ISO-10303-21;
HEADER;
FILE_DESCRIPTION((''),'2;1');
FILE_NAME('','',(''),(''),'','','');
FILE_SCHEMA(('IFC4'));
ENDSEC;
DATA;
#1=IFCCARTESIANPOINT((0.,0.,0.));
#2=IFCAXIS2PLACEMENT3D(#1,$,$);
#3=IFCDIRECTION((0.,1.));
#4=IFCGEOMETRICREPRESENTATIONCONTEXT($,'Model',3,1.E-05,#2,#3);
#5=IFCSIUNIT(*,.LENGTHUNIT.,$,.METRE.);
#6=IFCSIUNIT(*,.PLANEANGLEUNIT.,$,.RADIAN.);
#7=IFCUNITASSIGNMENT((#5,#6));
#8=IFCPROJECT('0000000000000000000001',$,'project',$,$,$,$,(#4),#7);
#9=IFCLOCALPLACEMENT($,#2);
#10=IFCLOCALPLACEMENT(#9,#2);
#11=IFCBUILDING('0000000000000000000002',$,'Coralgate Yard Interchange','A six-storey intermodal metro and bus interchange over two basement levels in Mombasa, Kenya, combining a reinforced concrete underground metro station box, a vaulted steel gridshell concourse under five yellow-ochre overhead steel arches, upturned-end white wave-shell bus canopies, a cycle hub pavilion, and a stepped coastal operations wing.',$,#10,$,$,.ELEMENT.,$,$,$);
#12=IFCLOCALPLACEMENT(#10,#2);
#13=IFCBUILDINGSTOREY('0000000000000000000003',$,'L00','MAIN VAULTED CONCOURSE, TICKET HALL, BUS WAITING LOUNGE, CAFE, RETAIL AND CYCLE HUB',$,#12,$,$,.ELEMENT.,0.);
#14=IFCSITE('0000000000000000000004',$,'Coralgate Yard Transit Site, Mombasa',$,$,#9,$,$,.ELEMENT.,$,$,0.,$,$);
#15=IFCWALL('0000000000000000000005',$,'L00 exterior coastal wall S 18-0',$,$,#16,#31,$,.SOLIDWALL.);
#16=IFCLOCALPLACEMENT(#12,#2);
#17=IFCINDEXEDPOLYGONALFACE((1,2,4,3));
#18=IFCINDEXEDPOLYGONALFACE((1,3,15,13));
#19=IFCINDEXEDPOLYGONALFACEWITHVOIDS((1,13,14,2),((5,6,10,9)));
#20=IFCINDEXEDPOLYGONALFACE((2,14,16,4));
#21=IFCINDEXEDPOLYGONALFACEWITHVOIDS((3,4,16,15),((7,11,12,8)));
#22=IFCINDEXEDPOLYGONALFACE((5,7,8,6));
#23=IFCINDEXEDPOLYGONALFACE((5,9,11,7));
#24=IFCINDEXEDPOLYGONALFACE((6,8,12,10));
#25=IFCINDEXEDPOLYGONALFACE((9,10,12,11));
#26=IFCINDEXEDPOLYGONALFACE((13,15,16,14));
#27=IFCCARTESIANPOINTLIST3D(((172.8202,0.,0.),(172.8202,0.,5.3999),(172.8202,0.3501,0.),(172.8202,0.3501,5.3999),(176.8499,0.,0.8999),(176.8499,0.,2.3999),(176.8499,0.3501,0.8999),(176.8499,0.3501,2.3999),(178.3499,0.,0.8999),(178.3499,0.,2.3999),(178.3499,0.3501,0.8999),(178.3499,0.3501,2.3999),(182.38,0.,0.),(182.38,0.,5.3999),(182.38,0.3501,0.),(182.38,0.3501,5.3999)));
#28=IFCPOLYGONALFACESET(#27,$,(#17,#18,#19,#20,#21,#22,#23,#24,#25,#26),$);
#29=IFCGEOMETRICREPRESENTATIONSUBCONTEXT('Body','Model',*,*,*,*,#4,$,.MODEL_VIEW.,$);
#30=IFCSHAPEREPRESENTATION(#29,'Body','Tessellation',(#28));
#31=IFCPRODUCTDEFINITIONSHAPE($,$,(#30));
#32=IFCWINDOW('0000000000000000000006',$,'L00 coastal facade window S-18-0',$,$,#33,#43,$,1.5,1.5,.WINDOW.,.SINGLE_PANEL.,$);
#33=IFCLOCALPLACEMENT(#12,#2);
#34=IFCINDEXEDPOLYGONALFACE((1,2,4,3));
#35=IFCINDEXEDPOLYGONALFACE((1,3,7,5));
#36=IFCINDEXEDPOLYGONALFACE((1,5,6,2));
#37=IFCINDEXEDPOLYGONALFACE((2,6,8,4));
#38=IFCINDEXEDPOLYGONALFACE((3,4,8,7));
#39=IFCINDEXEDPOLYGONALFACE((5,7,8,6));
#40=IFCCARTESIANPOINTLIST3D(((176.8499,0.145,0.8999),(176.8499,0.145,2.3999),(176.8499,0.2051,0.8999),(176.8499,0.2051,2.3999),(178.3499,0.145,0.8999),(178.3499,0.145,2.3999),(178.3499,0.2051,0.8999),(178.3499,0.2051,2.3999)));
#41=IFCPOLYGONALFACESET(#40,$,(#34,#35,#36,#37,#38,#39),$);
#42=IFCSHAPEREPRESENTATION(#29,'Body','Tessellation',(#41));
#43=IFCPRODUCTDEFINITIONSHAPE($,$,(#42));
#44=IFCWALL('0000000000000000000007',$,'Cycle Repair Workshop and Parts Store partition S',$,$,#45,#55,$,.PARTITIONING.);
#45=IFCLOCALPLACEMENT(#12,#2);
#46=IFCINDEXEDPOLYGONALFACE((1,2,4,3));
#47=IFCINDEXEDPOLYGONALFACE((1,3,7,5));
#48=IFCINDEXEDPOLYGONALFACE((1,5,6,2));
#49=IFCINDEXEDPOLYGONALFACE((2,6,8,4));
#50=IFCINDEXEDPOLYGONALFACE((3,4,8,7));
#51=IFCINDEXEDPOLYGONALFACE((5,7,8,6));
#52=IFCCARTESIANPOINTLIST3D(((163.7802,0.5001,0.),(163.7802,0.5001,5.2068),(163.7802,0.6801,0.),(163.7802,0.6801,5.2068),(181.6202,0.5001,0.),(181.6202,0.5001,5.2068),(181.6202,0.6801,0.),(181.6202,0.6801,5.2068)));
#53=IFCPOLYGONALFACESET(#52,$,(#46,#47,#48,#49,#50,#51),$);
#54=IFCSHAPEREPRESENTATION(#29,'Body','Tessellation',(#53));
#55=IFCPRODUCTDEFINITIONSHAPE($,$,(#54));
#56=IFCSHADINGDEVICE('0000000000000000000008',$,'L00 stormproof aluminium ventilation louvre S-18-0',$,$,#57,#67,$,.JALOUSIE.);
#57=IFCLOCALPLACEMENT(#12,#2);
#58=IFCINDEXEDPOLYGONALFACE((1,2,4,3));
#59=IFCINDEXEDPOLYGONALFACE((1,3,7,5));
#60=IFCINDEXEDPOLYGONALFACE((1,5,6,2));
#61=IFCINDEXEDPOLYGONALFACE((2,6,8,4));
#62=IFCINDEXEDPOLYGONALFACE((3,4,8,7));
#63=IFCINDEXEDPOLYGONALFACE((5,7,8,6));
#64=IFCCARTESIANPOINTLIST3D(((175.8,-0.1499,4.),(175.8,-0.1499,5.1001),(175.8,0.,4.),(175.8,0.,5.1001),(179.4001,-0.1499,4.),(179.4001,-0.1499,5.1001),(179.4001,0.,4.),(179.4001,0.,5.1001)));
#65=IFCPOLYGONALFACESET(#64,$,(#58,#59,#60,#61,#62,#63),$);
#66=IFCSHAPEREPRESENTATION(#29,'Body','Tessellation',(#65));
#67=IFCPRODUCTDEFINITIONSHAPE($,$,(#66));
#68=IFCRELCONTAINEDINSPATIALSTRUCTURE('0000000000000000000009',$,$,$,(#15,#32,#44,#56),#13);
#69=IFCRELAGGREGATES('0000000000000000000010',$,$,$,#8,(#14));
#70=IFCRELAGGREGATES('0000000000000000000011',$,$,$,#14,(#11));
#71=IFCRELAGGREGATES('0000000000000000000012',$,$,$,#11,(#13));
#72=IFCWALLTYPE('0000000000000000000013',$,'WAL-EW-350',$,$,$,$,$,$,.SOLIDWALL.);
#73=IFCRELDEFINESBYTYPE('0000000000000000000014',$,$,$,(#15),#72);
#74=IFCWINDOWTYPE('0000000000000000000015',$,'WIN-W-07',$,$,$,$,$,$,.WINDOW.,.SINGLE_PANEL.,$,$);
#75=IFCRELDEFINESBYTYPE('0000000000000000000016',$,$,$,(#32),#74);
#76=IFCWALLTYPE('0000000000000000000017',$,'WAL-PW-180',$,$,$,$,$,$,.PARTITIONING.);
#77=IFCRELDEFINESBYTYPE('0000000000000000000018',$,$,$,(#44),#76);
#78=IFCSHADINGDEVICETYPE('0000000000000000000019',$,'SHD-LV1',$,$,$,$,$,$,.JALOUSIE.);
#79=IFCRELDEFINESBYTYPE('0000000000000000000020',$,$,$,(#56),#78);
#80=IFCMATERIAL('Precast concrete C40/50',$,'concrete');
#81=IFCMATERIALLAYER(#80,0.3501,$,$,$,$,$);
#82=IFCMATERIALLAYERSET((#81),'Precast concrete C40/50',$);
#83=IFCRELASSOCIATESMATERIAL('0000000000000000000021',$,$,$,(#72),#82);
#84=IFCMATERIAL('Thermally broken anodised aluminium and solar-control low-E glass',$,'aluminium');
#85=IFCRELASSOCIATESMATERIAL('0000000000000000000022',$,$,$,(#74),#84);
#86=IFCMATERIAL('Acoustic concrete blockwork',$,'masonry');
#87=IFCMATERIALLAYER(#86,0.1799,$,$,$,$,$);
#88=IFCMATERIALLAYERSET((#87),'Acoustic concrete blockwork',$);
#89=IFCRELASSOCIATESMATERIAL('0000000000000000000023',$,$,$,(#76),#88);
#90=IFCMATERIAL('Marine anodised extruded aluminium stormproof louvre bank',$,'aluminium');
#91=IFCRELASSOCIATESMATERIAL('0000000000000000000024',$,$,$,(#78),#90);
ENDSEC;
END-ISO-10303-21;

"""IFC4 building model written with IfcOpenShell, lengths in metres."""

from ifc_helpers import new_model, si_unit, direction, frame, frame_2d, origin, origin_2d, place, context, subcontext, project, spatial, rectangle, extrude, material, layer, layer_set, type_object, element, fill, save


model = new_model("IFC4")

# Units and contexts
model_context = context("Model", 3, precision=1e-05, world=origin(), true_north=direction((0.0, 1.0)))
body_context = subcontext(model_context, "Body", "Model", "MODEL_VIEW")
ifc_project = project(units=[si_unit("LENGTHUNIT", "METRE"), si_unit("PLANEANGLEUNIT", "RADIAN")], contexts=[model_context])

# Site, building, storey
site_placement = place(None, origin())
site = spatial("IfcSite", under=ifc_project, at=site_placement, Name="Coralgate Yard Transit Site, Mombasa", CompositionType="ELEMENT", RefElevation=0.0)
building_placement = place(site_placement, origin())
building = spatial("IfcBuilding", under=site, at=building_placement, Name="Coralgate Yard Interchange", Description="A six-storey intermodal metro and bus interchange over two basement levels in Mombasa, Kenya, combining a reinforced concrete underground metro station box, a vaulted steel gridshell concourse under five yellow-ochre overhead steel arches, upturned-end white wave-shell bus canopies, a cycle hub pavilion, and a stepped coastal operations wing.", CompositionType="ELEMENT")
storey_placement = place(building_placement, origin())
storey = spatial("IfcBuildingStorey", under=building, at=storey_placement, Name="L00", Description="MAIN VAULTED CONCOURSE, TICKET HALL, BUS WAITING LOUNGE, CAFE, RETAIL AND CYCLE HUB", CompositionType="ELEMENT", Elevation=0.0)

# Wall, opening, window
ifc_material_1 = material(Name="Precast concrete C40/50", Category="concrete")
ifc_layer_1 = layer(ifc_material_1, 0.3501)
ifc_layer_set_1 = layer_set([ifc_layer_1], Name="Precast concrete C40/50")
wall_type_1 = type_object("IfcWallType", Name="WAL-EW-350", PredefinedType="SOLIDWALL", material=ifc_layer_set_1)
wall_1_placement = place(storey_placement, frame((182.3799, 0.175, 0.0), z_axis=(0.0, 0.0, 1.0), x_axis=(-1.0, 0.0, 0.0)))
wall_1 = element("IfcWall", 1, at=wall_1_placement, inside=storey, type_object=wall_type_1, Name="L00 exterior coastal wall S 18-0", PredefinedType="SOLIDWALL", context=body_context, shape_type="SweptSolid", body=[
    extrude(rectangle(XDim=9.5598, YDim=0.3501, at=frame_2d((4.7798, 0.0))), origin(), (0.0, 0.0, 1.0), 5.3999),
])
opening_placement = place(wall_1_placement, frame((4.03, 0.0, 0.8999)))
opening = element("IfcOpeningElement", 2, at=opening_placement, cuts=wall_1, PredefinedType="OPENING", context=body_context, shape_type="SweptSolid", body=[
    extrude(rectangle(XDim=1.5, YDim=1.5, at=frame_2d((0.75, 0.75))), frame((0.0, 0.1851, 0.0), z_axis=(0.0, -1.0, 0.0), x_axis=(1.0, 0.0, 0.0)), (0.0, 0.0, 1.0), 0.3701),
])
ifc_material_2 = material(Name="Thermally broken anodised aluminium and solar-control low-E glass", Category="aluminium")
window_type = type_object("IfcWindowType", Name="WIN-W-07", PartitioningType="SINGLE_PANEL", PredefinedType="WINDOW", material=ifc_material_2)
window_placement = place(opening_placement, origin())
window = element("IfcWindow", 3, at=window_placement, inside=storey, type_object=window_type, Name="L00 coastal facade window S-18-0", OverallHeight=1.5, OverallWidth=1.5, PartitioningType="SINGLE_PANEL", PredefinedType="WINDOW", context=body_context, shape_type="SweptSolid", body=[
    extrude(rectangle(XDim=1.5, YDim=1.5, at=frame_2d((0.75, 0.75))), frame((0.0, 0.03, 0.0), z_axis=(0.0, -1.0, 0.0), x_axis=(1.0, 0.0, 0.0)), (0.0, 0.0, 1.0), 0.0601),
])
fill(opening, window)

# Wall
ifc_material_3 = material(Name="Acoustic concrete blockwork", Category="masonry")
ifc_layer_2 = layer(ifc_material_3, 0.1799)
ifc_layer_set_2 = layer_set([ifc_layer_2], Name="Acoustic concrete blockwork")
wall_type_2 = type_object("IfcWallType", Name="WAL-PW-180", PredefinedType="PARTITIONING", material=ifc_layer_set_2)
wall_2_placement = place(storey_placement, frame((181.6201, 0.5901, 0.0), z_axis=(0.0, 0.0, 1.0), x_axis=(-1.0, 0.0, 0.0)))
element("IfcWall", 4, at=wall_2_placement, inside=storey, type_object=wall_type_2, Name="Cycle Repair Workshop and Parts Store partition S", PredefinedType="PARTITIONING", context=body_context, shape_type="SweptSolid", body=[
    extrude(rectangle(XDim=17.8401, YDim=0.1799, at=frame_2d((8.9199, 0.0))), origin(), (0.0, 0.0, 1.0), 5.2068),
])

# Shading device
ifc_material_4 = material(Name="Marine anodised extruded aluminium stormproof louvre bank", Category="aluminium")
shading_device_type = type_object("IfcShadingDeviceType", Name="SHD-LV1", PredefinedType="JALOUSIE", material=ifc_material_4)
shading_device_placement = place(storey_placement, frame((177.6001, -0.075, 4.0), z_axis=(0.0, 0.0, 1.0), x_axis=(-1.0, 0.0, 0.0)))
element("IfcShadingDevice", 5, at=shading_device_placement, inside=storey, type_object=shading_device_type, Name="L00 stormproof aluminium ventilation louvre S-18-0", PredefinedType="JALOUSIE", context=body_context, shape_type="SweptSolid", body=[
    extrude(rectangle(XDim=3.6001, YDim=0.1499, at=origin_2d()), origin(), (0.0, 0.0, 1.0), 1.1001),
])

save(model, "model.ifc")
